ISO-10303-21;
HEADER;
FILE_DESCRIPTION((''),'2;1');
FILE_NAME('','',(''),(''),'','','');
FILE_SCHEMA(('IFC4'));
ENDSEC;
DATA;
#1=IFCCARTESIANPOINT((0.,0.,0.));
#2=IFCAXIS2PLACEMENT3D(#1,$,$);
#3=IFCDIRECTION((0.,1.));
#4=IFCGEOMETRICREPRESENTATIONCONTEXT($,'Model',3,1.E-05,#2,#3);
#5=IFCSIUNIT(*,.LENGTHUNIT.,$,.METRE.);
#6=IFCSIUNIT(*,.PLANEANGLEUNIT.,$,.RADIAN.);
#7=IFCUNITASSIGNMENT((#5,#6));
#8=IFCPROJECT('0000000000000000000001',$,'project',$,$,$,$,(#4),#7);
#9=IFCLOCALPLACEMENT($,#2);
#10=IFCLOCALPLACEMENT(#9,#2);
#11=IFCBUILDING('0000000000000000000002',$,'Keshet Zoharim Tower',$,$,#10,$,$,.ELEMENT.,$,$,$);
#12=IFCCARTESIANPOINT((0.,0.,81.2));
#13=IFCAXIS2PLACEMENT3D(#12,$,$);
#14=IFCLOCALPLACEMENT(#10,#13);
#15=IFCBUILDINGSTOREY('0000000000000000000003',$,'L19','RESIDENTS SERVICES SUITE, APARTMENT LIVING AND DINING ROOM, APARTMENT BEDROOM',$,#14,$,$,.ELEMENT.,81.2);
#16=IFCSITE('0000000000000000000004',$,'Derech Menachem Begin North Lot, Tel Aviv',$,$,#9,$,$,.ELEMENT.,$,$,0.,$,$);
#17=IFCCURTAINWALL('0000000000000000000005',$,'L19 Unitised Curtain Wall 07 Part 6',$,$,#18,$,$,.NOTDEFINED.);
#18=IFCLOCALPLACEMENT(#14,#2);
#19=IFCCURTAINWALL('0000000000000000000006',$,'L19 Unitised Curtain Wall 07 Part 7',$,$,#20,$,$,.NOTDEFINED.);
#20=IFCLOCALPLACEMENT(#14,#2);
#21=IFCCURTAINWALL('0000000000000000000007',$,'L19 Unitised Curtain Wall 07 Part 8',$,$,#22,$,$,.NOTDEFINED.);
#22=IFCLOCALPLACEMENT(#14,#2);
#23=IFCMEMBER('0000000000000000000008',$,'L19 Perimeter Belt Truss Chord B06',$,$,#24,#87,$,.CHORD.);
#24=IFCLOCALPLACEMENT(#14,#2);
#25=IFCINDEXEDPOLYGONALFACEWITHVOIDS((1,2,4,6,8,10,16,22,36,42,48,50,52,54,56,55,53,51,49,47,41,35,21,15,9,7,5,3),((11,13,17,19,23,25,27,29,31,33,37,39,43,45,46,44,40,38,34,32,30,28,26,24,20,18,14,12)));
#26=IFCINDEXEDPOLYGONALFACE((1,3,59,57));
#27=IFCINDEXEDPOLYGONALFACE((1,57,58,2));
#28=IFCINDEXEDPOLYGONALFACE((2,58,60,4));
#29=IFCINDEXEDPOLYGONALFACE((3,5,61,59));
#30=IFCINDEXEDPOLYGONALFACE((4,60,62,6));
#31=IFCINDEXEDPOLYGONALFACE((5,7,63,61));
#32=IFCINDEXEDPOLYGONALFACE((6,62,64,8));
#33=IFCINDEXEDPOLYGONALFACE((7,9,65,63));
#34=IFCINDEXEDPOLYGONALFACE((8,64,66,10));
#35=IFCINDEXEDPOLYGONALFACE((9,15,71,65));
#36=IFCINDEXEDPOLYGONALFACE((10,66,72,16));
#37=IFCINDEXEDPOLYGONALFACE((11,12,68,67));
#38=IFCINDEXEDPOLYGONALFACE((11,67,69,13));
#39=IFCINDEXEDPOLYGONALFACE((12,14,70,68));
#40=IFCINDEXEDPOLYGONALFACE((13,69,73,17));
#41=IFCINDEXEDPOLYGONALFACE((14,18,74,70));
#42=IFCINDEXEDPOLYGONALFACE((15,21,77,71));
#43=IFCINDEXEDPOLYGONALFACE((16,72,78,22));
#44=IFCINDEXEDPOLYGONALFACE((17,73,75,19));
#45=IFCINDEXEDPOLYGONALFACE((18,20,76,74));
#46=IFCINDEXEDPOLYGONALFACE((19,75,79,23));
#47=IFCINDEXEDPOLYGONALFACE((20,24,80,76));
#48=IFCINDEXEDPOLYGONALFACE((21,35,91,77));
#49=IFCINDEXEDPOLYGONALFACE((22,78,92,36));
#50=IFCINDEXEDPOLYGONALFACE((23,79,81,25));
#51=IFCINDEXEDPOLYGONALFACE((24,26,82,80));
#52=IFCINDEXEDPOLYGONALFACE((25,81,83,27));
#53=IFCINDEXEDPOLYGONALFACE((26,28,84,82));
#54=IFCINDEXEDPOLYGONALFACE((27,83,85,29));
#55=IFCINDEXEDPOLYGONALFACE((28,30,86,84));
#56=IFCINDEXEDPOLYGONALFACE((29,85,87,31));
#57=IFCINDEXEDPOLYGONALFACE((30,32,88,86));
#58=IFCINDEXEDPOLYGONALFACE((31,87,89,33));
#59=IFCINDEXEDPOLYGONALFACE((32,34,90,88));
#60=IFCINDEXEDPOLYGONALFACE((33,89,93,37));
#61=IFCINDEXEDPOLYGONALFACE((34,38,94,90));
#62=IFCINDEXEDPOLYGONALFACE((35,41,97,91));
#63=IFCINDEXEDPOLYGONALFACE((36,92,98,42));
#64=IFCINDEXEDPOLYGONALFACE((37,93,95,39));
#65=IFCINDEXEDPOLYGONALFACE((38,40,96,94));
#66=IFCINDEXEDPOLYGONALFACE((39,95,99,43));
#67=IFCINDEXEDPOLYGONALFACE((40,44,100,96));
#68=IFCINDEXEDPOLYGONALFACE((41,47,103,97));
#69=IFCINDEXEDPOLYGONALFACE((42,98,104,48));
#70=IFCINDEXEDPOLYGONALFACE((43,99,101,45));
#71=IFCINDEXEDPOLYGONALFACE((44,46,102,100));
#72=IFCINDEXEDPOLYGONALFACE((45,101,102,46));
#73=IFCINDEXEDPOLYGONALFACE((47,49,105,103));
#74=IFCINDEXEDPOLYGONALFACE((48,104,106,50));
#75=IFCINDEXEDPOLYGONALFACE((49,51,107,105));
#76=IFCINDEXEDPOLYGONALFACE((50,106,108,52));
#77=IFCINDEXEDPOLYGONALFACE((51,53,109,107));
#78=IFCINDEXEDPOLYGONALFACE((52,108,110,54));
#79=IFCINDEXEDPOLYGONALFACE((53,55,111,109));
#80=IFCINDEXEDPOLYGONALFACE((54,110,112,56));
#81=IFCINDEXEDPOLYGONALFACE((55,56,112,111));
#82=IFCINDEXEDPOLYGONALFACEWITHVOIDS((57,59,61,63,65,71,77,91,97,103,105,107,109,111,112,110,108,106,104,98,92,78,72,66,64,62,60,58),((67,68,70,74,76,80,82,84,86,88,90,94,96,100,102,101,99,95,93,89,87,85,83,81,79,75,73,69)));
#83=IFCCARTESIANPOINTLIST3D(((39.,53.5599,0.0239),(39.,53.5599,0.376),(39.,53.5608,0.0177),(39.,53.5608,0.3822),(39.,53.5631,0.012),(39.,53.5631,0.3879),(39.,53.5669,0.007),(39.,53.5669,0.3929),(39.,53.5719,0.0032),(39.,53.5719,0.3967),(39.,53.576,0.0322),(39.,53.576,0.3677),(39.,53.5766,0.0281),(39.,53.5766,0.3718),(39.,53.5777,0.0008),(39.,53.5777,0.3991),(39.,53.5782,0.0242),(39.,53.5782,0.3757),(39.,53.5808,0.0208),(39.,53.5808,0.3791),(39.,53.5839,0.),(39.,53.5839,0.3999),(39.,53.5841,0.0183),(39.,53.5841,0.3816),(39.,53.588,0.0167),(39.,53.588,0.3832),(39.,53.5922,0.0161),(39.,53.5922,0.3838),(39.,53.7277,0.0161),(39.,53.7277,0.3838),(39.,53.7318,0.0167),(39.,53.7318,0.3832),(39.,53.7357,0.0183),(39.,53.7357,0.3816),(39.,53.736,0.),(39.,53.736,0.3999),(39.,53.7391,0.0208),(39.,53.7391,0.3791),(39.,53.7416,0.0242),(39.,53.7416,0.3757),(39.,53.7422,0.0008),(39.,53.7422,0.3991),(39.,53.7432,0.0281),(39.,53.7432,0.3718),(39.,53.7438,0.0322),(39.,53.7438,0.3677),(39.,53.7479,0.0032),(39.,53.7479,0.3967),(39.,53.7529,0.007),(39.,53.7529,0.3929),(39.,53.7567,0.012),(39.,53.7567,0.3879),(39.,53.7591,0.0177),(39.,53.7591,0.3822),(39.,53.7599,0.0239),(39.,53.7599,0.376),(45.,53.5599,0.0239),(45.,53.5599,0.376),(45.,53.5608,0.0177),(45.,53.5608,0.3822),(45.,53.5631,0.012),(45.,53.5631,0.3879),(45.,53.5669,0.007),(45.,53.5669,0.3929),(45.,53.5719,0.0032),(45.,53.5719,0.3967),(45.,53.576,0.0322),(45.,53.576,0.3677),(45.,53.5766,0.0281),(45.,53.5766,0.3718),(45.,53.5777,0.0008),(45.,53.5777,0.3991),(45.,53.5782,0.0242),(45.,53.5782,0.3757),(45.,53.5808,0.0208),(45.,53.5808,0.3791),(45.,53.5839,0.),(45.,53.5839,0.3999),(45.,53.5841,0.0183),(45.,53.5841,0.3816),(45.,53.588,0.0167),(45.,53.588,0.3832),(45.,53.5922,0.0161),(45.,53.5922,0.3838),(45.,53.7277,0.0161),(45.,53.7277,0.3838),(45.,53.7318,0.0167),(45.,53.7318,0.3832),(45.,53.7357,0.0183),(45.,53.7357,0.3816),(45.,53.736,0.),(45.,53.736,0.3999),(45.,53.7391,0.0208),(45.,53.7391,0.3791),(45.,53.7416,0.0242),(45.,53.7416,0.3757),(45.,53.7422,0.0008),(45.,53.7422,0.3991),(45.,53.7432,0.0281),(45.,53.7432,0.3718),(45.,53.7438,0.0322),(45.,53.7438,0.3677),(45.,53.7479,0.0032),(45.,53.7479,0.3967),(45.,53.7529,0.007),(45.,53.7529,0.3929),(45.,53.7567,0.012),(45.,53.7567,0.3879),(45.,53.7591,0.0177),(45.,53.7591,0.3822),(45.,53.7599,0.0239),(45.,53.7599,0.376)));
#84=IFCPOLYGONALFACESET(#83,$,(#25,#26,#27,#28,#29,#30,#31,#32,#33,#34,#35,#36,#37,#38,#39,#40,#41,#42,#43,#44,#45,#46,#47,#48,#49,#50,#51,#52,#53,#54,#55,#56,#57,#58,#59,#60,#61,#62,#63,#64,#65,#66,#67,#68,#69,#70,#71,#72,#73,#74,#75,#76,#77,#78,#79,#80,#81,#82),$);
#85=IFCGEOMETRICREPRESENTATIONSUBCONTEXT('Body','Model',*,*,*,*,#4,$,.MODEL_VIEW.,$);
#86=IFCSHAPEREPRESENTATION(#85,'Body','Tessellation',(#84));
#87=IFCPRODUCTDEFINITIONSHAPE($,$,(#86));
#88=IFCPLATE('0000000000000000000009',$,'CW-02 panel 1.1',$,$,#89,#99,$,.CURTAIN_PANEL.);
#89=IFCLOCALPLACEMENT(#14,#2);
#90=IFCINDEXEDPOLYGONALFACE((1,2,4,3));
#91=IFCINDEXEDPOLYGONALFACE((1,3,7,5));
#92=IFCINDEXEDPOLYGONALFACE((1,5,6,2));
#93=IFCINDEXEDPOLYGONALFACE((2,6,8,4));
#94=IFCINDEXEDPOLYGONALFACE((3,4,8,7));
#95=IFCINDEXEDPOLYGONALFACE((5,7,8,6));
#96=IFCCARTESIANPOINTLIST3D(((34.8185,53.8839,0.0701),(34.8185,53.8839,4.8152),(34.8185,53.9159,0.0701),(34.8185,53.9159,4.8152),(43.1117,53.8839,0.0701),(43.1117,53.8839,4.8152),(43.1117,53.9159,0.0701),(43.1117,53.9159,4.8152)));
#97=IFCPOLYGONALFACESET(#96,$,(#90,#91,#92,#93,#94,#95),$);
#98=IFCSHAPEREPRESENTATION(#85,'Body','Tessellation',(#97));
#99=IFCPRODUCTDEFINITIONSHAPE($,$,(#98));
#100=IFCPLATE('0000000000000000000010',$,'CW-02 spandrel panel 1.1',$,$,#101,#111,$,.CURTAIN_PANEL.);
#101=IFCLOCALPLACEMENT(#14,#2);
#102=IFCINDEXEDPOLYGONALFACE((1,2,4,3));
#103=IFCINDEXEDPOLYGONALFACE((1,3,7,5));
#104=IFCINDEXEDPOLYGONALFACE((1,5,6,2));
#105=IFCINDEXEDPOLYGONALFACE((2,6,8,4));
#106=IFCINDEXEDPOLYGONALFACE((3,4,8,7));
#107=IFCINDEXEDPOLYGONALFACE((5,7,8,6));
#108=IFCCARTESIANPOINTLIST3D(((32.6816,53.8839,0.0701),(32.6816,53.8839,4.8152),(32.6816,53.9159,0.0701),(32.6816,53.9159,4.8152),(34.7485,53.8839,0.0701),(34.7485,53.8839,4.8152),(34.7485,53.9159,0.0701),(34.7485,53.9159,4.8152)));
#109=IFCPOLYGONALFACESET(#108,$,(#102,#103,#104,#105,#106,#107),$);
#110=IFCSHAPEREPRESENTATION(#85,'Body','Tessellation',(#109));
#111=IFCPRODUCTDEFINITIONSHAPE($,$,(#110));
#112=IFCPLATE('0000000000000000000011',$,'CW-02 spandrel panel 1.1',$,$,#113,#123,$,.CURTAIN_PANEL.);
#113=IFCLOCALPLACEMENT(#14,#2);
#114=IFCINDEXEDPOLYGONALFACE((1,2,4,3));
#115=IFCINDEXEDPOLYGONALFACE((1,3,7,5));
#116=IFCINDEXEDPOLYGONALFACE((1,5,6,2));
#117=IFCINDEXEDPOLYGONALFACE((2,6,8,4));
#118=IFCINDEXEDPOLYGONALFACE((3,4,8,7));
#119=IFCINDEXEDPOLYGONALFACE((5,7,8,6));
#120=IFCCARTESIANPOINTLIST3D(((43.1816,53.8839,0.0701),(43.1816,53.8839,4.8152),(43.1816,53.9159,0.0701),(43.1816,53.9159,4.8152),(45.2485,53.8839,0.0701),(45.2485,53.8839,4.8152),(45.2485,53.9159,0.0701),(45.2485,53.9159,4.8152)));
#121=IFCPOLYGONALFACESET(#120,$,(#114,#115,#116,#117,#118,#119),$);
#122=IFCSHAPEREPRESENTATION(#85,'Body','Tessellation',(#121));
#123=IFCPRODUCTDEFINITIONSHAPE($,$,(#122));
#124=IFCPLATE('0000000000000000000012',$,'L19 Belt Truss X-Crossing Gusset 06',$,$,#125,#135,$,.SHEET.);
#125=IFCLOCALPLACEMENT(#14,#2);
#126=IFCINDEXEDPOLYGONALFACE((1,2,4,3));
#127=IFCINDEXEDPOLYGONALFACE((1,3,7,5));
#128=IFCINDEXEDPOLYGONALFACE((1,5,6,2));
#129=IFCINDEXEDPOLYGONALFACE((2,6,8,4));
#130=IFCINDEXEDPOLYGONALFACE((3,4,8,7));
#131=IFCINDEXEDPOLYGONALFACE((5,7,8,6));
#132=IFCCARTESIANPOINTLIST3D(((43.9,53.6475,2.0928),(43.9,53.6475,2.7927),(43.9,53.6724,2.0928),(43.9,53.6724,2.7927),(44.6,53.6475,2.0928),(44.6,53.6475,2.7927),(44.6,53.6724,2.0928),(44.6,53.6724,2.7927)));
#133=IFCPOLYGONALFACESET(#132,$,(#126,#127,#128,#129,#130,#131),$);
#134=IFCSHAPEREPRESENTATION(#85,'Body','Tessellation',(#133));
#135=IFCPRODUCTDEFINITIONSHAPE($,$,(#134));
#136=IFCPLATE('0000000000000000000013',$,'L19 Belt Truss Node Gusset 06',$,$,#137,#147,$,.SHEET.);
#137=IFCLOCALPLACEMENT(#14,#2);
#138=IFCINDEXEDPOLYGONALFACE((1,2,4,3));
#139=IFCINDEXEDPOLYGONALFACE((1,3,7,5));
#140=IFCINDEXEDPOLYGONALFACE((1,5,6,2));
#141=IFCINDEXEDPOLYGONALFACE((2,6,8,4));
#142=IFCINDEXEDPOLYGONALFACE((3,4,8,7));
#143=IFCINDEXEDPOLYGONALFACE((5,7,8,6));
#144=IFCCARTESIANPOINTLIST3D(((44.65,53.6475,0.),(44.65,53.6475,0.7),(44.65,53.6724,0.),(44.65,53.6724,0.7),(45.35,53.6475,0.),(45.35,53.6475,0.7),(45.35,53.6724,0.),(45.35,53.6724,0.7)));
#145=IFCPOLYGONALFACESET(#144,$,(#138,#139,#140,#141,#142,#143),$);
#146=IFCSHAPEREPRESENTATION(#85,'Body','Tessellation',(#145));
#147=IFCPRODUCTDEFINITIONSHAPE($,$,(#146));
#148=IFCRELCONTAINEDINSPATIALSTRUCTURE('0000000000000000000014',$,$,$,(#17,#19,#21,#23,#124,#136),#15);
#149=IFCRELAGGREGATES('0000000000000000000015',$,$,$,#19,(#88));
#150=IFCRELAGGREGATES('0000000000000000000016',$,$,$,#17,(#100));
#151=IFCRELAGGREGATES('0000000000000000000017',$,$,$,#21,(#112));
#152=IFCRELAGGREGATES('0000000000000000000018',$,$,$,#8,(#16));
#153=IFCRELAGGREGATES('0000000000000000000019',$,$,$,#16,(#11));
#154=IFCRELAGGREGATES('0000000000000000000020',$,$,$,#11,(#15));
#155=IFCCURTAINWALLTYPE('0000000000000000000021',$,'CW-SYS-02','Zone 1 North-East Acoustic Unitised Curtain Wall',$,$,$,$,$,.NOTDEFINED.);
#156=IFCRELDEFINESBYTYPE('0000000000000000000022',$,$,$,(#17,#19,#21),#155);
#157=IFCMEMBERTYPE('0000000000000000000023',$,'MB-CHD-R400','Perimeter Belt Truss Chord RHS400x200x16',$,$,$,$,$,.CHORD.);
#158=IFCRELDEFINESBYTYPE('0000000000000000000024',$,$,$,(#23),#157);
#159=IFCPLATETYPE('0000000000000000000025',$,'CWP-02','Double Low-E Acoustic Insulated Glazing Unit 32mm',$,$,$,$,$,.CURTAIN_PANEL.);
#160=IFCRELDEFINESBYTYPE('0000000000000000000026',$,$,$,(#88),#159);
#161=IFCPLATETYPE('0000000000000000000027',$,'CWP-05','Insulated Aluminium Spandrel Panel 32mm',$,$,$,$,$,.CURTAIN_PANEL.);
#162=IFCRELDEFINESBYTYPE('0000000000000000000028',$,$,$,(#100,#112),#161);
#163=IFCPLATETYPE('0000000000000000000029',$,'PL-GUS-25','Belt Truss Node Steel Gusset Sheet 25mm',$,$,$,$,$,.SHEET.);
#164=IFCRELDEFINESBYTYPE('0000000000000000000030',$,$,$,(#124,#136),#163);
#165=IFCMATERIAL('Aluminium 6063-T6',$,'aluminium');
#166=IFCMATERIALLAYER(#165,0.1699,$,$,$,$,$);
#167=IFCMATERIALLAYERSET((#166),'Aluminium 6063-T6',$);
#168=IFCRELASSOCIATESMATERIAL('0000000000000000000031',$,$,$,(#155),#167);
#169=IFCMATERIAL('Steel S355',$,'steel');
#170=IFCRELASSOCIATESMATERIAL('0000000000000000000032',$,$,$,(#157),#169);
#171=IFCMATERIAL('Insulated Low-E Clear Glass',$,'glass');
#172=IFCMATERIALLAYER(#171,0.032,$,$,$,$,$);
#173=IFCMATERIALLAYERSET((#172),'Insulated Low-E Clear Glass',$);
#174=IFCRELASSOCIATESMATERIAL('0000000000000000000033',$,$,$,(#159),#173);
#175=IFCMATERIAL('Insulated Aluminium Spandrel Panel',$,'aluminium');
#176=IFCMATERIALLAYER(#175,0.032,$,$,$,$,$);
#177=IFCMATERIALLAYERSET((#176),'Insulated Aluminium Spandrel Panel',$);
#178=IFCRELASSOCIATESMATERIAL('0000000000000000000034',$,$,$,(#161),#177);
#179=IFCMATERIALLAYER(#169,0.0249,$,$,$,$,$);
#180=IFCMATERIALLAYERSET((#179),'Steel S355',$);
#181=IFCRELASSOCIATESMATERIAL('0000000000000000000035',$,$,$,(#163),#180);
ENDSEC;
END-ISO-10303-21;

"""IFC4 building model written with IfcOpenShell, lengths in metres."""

from ifc_helpers import new_model, si_unit, direction, frame, origin, origin_2d, place, context, subcontext, project, spatial, rectangle, hollow_rectangle, extrude, material, layer, layer_set, material_profile, profile_set, type_object, element, aggregate, save


model = new_model("IFC4")

# Units and contexts
model_context = context("Model", 3, precision=1e-05, world=origin(), true_north=direction((0.0, 1.0)))
body_context = subcontext(model_context, "Body", "Model", "MODEL_VIEW")
ifc_project = project(units=[si_unit("LENGTHUNIT", "METRE"), si_unit("PLANEANGLEUNIT", "RADIAN")], contexts=[model_context])

# Site, building, storey
site_placement = place(None, origin())
site = spatial("IfcSite", under=ifc_project, at=site_placement, Name="Derech Menachem Begin North Lot, Tel Aviv", CompositionType="ELEMENT", RefElevation=0.0)
building_placement = place(site_placement, origin())
building = spatial("IfcBuilding", under=site, at=building_placement, Name="Keshet Zoharim Tower", CompositionType="ELEMENT")
storey_placement = place(building_placement, frame((0.0, 0.0, 81.2)))
storey = spatial("IfcBuildingStorey", under=building, at=storey_placement, Name="L19", Description="RESIDENTS SERVICES SUITE, APARTMENT LIVING AND DINING ROOM, APARTMENT BEDROOM", CompositionType="ELEMENT", Elevation=81.2)

# Shared definitions
ifc_material_1 = material(Name="Steel S355", Category="steel")

# Curtain walls
ifc_material_2 = material(Name="Aluminium 6063-T6", Category="aluminium")
ifc_layer_1 = layer(ifc_material_2, 0.1699)
ifc_layer_set_1 = layer_set([ifc_layer_1], Name="Aluminium 6063-T6")
curtain_wall_type = type_object("IfcCurtainWallType", Name="CW-SYS-02", Description="Zone 1 North-East Acoustic Unitised Curtain Wall", PredefinedType="NOTDEFINED", material=ifc_layer_set_1)
curtain_wall_1_placement = place(storey_placement, origin())
curtain_wall_1 = element("IfcCurtainWall", 1, at=curtain_wall_1_placement, inside=storey, type_object=curtain_wall_type, Name="L19 Unitised Curtain Wall 07 Part 6", PredefinedType="NOTDEFINED")
curtain_wall_2_placement = place(storey_placement, origin())
curtain_wall_2 = element("IfcCurtainWall", 2, at=curtain_wall_2_placement, inside=storey, type_object=curtain_wall_type, Name="L19 Unitised Curtain Wall 07 Part 7", PredefinedType="NOTDEFINED")
curtain_wall_3_placement = place(storey_placement, origin())
curtain_wall_3 = element("IfcCurtainWall", 3, at=curtain_wall_3_placement, inside=storey, type_object=curtain_wall_type, Name="L19 Unitised Curtain Wall 07 Part 8", PredefinedType="NOTDEFINED")

# Member
ifc_material_profile_1 = material_profile(ifc_material_1, hollow_rectangle(XDim=0.2, YDim=0.3999, WallThickness=0.0161, InnerFilletRadius=0.0161, OuterFilletRadius=0.0239, at=origin_2d()), Name="RHS400x200x16")
ifc_profile_set_1 = profile_set([ifc_material_profile_1], Name="Steel S355")
member_type_1 = type_object("IfcMemberType", Name="MB-CHD-R400", Description="Perimeter Belt Truss Chord RHS400x200x16", PredefinedType="CHORD", material=ifc_profile_set_1)
member_1_placement = place(storey_placement, frame((39.0, 53.6599, 0.2), z_axis=(1.0, 0.0, 0.0), x_axis=(0.0, 1.0, 0.0)))
element("IfcMember", 4, at=member_1_placement, inside=storey, type_object=member_type_1, Name="L19 Perimeter Belt Truss Chord B06", PredefinedType="CHORD", context=body_context, shape_type="SweptSolid", body=[
    extrude(hollow_rectangle(XDim=0.2, YDim=0.3999, WallThickness=0.0161, InnerFilletRadius=0.0161, OuterFilletRadius=0.0239, at=origin_2d()), origin(), (0.0, 0.0, 1.0), 6.0),
])

# Plates
ifc_material_3 = material(Name="Insulated Low-E Clear Glass", Category="glass")
ifc_layer_2 = layer(ifc_material_3, 0.032)
ifc_layer_set_2 = layer_set([ifc_layer_2], Name="Insulated Low-E Clear Glass")
plate_type_1 = type_object("IfcPlateType", Name="CWP-02", Description="Double Low-E Acoustic Insulated Glazing Unit 32mm", PredefinedType="CURTAIN_PANEL", material=ifc_layer_set_2)
plate_1_placement = place(storey_placement, frame((38.9651, 53.8999, 0.0701), z_axis=(0.0, 0.0, 1.0), x_axis=(1.0, 0.0, 0.0)))
plate_1 = element("IfcPlate", 5, at=plate_1_placement, type_object=plate_type_1, Name="CW-02 panel 1.1", PredefinedType="CURTAIN_PANEL", context=body_context, shape_type="SweptSolid", body=[
    extrude(rectangle(XDim=8.2932, YDim=0.032, at=origin_2d()), origin(), (0.0, 0.0, 1.0), 4.7451),
])
aggregate(curtain_wall_2, [plate_1])
ifc_material_4 = material(Name="Insulated Aluminium Spandrel Panel", Category="aluminium")
ifc_layer_3 = layer(ifc_material_4, 0.032)
ifc_layer_set_3 = layer_set([ifc_layer_3], Name="Insulated Aluminium Spandrel Panel")
plate_type_2 = type_object("IfcPlateType", Name="CWP-05", Description="Insulated Aluminium Spandrel Panel 32mm", PredefinedType="CURTAIN_PANEL", material=ifc_layer_set_3)
plate_2_placement = place(storey_placement, frame((33.7151, 53.8999, 0.0701), z_axis=(0.0, 0.0, 1.0), x_axis=(1.0, 0.0, 0.0)))
plate_2 = element("IfcPlate", 6, at=plate_2_placement, type_object=plate_type_2, Name="CW-02 spandrel panel 1.1", PredefinedType="CURTAIN_PANEL", context=body_context, shape_type="SweptSolid", body=[
    extrude(rectangle(XDim=2.0669, YDim=0.032, at=origin_2d()), origin(), (0.0, 0.0, 1.0), 4.7451),
])
aggregate(curtain_wall_1, [plate_2])
plate_3_placement = place(storey_placement, frame((44.2151, 53.8999, 0.0701), z_axis=(0.0, 0.0, 1.0), x_axis=(1.0, 0.0, 0.0)))
plate_3 = element("IfcPlate", 7, at=plate_3_placement, type_object=plate_type_2, Name="CW-02 spandrel panel 1.1", PredefinedType="CURTAIN_PANEL", context=body_context, shape_type="SweptSolid", body=[
    extrude(rectangle(XDim=2.0669, YDim=0.032, at=origin_2d()), origin(), (0.0, 0.0, 1.0), 4.7451),
])
aggregate(curtain_wall_3, [plate_3])

# Plates
ifc_layer_4 = layer(ifc_material_1, 0.0249)
ifc_layer_set_4 = layer_set([ifc_layer_4], Name="Steel S355")
plate_type_3 = type_object("IfcPlateType", Name="PL-GUS-25", Description="Belt Truss Node Steel Gusset Sheet 25mm", PredefinedType="SHEET", material=ifc_layer_set_4)
for number, where, z_axis, x_axis, name in (
    (8, (44.25, 53.6599, 2.0928), (0.0, 0.0, 1.0), (1.0, 0.0, 0.0), "L19 Belt Truss X-Crossing Gusset 06"),
    (9, (45.0, 53.6599, 0.0), (0.0, 0.0, 1.0), (1.0, 0.0, 0.0), "L19 Belt Truss Node Gusset 06"),
):
    element("IfcPlate", number, at=place(storey_placement, frame(where, z_axis=z_axis, x_axis=x_axis)), inside=storey, type_object=plate_type_3, Name=name, PredefinedType="SHEET", context=body_context, shape_type="SweptSolid", body=[
        extrude(rectangle(XDim=0.7, YDim=0.0249, at=origin_2d()), origin(), (0.0, 0.0, 1.0), 0.7),
    ])

save(model, "model.ifc")
